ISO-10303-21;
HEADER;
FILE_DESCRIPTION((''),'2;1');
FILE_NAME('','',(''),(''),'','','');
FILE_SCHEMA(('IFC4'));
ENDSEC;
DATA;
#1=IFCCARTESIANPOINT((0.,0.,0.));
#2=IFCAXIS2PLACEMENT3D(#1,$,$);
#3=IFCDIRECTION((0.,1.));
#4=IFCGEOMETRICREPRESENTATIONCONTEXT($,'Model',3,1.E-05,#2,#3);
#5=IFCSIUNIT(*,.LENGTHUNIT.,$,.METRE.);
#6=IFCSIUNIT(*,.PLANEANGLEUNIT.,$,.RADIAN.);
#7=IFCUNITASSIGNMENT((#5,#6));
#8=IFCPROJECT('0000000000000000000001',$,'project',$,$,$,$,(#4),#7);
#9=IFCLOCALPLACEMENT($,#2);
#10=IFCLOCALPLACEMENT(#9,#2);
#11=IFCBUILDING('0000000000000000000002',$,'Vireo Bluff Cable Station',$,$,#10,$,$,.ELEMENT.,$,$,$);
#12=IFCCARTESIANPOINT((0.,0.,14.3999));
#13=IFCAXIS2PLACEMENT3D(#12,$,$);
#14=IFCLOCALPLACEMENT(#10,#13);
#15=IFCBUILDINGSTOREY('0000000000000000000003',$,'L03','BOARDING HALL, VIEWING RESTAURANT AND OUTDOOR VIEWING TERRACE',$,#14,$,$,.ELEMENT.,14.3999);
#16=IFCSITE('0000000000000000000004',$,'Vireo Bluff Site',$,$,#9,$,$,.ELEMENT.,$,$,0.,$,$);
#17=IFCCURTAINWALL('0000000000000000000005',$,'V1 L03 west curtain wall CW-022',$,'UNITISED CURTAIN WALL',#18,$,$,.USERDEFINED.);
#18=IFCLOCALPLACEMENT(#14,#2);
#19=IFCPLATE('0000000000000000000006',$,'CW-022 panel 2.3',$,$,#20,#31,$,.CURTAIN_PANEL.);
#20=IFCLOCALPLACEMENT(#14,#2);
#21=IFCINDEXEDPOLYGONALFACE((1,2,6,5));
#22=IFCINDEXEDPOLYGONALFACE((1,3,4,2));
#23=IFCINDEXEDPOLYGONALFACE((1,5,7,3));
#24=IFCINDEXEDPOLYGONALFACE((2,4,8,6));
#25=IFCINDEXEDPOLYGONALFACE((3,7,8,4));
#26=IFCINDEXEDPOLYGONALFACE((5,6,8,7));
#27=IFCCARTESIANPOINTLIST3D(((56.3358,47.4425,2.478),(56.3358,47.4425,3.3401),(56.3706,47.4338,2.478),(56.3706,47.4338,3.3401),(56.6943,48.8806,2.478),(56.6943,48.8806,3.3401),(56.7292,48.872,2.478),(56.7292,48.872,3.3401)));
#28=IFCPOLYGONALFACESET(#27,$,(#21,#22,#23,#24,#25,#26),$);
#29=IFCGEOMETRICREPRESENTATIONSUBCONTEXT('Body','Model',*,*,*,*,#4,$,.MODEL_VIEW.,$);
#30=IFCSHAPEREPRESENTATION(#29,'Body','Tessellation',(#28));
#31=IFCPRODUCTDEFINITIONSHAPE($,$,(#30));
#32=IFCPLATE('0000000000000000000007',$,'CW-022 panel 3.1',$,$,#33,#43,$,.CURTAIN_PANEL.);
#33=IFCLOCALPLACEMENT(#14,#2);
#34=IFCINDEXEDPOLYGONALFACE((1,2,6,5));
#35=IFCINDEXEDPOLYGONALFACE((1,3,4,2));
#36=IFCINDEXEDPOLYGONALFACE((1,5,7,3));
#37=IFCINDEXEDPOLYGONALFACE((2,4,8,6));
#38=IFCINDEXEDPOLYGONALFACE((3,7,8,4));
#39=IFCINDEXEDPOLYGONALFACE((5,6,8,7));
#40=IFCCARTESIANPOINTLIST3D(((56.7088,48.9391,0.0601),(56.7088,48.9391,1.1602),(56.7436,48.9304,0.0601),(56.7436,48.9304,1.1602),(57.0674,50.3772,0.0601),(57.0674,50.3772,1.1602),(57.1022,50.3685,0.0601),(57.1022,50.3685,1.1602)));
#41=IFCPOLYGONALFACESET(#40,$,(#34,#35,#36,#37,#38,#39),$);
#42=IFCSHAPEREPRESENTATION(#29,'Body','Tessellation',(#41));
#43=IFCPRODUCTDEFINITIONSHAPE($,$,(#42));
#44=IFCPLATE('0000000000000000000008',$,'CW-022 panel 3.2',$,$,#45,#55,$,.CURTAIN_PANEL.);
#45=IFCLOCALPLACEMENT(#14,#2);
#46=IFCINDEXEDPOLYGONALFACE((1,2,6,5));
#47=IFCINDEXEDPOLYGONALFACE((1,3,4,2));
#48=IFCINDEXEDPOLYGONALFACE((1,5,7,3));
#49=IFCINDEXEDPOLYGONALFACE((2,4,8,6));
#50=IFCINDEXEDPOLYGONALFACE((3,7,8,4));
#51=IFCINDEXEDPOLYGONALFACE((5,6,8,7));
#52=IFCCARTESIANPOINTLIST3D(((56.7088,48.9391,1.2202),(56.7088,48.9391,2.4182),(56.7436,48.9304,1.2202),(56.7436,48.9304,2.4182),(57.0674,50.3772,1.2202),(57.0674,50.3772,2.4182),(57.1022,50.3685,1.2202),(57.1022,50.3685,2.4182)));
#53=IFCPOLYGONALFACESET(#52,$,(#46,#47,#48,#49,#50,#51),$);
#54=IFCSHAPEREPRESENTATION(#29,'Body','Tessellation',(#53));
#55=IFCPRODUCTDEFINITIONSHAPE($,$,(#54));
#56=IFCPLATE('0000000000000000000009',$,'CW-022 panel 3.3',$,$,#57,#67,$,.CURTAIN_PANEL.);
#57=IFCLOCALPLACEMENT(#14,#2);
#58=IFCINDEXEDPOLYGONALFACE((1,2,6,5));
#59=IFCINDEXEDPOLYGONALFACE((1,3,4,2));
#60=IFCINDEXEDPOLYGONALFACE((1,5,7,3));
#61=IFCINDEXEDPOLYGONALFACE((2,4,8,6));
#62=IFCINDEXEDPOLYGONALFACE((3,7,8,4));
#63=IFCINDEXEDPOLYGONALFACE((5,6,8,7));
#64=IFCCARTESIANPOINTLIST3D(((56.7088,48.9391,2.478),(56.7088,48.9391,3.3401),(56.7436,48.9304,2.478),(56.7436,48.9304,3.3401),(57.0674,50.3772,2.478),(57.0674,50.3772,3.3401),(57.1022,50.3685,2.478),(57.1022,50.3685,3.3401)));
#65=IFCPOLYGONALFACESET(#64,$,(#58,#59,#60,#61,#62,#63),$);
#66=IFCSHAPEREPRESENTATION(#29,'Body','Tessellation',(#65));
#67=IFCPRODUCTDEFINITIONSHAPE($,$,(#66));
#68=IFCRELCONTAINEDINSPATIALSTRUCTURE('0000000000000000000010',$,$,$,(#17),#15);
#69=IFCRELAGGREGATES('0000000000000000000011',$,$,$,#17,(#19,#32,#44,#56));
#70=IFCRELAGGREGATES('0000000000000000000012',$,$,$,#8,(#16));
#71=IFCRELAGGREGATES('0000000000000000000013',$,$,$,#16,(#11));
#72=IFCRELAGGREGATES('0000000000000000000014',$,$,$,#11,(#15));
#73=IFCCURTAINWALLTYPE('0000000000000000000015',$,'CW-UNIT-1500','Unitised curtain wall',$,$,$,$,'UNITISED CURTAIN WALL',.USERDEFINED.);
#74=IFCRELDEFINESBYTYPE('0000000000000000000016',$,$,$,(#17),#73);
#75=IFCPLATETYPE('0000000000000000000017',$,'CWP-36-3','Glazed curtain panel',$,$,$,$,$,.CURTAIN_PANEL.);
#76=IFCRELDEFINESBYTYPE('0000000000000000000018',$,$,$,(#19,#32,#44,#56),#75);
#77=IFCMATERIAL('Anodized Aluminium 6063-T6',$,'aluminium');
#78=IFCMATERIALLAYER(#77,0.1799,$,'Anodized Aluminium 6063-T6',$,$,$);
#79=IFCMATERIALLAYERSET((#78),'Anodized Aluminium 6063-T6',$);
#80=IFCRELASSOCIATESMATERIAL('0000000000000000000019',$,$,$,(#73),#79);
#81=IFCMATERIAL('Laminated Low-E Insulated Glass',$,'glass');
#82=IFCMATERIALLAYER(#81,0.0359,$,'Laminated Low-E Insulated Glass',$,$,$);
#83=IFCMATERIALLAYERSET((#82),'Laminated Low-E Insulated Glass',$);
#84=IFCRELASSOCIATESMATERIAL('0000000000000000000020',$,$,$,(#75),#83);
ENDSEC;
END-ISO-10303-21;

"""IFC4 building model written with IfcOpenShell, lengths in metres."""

from ifc_helpers import new_model, si_unit, direction, frame, origin, origin_2d, place, context, subcontext, project, spatial, rectangle, extrude, material, layer, layer_set, type_object, element, aggregate, save


model = new_model("IFC4")

# Units and contexts
model_context = context("Model", 3, precision=1e-05, world=origin(), true_north=direction((0.0, 1.0)))
body_context = subcontext(model_context, "Body", "Model", "MODEL_VIEW")
ifc_project = project(units=[si_unit("LENGTHUNIT", "METRE"), si_unit("PLANEANGLEUNIT", "RADIAN")], contexts=[model_context])

# Site, building, storey
site_placement = place(None, origin())
site = spatial("IfcSite", under=ifc_project, at=site_placement, Name="Vireo Bluff Site", CompositionType="ELEMENT", RefElevation=0.0)
building_placement = place(site_placement, origin())
building = spatial("IfcBuilding", under=site, at=building_placement, Name="Vireo Bluff Cable Station", CompositionType="ELEMENT")
storey_placement = place(building_placement, frame((0.0, 0.0, 14.3999)))
storey = spatial("IfcBuildingStorey", under=building, at=storey_placement, Name="L03", Description="BOARDING HALL, VIEWING RESTAURANT AND OUTDOOR VIEWING TERRACE", CompositionType="ELEMENT", Elevation=14.3999)

# Curtain wall
ifc_material_1 = material(Name="Anodized Aluminium 6063-T6", Category="aluminium")
ifc_layer_1 = layer(ifc_material_1, 0.1799, Name="Anodized Aluminium 6063-T6")
ifc_layer_set_1 = layer_set([ifc_layer_1], Name="Anodized Aluminium 6063-T6")
curtain_wall_type = type_object("IfcCurtainWallType", Name="CW-UNIT-1500", Description="Unitised curtain wall", ElementType="UNITISED CURTAIN WALL", PredefinedType="USERDEFINED", material=ifc_layer_set_1)
curtain_wall_placement = place(storey_placement, origin())
curtain_wall = element("IfcCurtainWall", 1, at=curtain_wall_placement, inside=storey, type_object=curtain_wall_type, Name="V1 L03 west curtain wall CW-022", ObjectType="UNITISED CURTAIN WALL", PredefinedType="USERDEFINED")

# Plates
ifc_material_2 = material(Name="Laminated Low-E Insulated Glass", Category="glass")
ifc_layer_2 = layer(ifc_material_2, 0.0359, Name="Laminated Low-E Insulated Glass")
ifc_layer_set_2 = layer_set([ifc_layer_2], Name="Laminated Low-E Insulated Glass")
plate_type = type_object("IfcPlateType", Name="CWP-36-3", Description="Glazed curtain panel", PredefinedType="CURTAIN_PANEL", material=ifc_layer_set_2)
plate_1_placement = place(storey_placement, frame((56.5325, 48.1572, 2.478), z_axis=(0.0, 0.0, 1.0), x_axis=(0.241922, 0.970296, 0.0)))
plate_1 = element("IfcPlate", 2, at=plate_1_placement, type_object=plate_type, Name="CW-022 panel 2.3", PredefinedType="CURTAIN_PANEL", context=body_context, shape_type="SweptSolid", body=[
    extrude(rectangle(XDim=1.4822, YDim=0.0359, at=origin_2d()), origin(), (0.0, 0.0, 1.0), 0.8621),
])
plate_2_placement = place(storey_placement, frame((56.9055, 49.6538, 0.0601), z_axis=(0.0, 0.0, 1.0), x_axis=(0.241922, 0.970296, 0.0)))
plate_2 = element("IfcPlate", 3, at=plate_2_placement, type_object=plate_type, Name="CW-022 panel 3.1", PredefinedType="CURTAIN_PANEL", context=body_context, shape_type="SweptSolid", body=[
    extrude(rectangle(XDim=1.4822, YDim=0.0359, at=origin_2d()), origin(), (0.0, 0.0, 1.0), 1.1001),
])
plate_3_placement = place(storey_placement, frame((56.9055, 49.6538, 1.2202), z_axis=(0.0, 0.0, 1.0), x_axis=(0.241922, 0.970296, 0.0)))
plate_3 = element("IfcPlate", 4, at=plate_3_placement, type_object=plate_type, Name="CW-022 panel 3.2", PredefinedType="CURTAIN_PANEL", context=body_context, shape_type="SweptSolid", body=[
    extrude(rectangle(XDim=1.4822, YDim=0.0359, at=origin_2d()), origin(), (0.0, 0.0, 1.0), 1.198),
])
plate_4_placement = place(storey_placement, frame((56.9055, 49.6538, 2.478), z_axis=(0.0, 0.0, 1.0), x_axis=(0.241922, 0.970296, 0.0)))
plate_4 = element("IfcPlate", 5, at=plate_4_placement, type_object=plate_type, Name="CW-022 panel 3.3", PredefinedType="CURTAIN_PANEL", context=body_context, shape_type="SweptSolid", body=[
    extrude(rectangle(XDim=1.4822, YDim=0.0359, at=origin_2d()), origin(), (0.0, 0.0, 1.0), 0.8621),
])
aggregate(curtain_wall, [plate_1, plate_2, plate_3, plate_4])

save(model, "model.ifc")
